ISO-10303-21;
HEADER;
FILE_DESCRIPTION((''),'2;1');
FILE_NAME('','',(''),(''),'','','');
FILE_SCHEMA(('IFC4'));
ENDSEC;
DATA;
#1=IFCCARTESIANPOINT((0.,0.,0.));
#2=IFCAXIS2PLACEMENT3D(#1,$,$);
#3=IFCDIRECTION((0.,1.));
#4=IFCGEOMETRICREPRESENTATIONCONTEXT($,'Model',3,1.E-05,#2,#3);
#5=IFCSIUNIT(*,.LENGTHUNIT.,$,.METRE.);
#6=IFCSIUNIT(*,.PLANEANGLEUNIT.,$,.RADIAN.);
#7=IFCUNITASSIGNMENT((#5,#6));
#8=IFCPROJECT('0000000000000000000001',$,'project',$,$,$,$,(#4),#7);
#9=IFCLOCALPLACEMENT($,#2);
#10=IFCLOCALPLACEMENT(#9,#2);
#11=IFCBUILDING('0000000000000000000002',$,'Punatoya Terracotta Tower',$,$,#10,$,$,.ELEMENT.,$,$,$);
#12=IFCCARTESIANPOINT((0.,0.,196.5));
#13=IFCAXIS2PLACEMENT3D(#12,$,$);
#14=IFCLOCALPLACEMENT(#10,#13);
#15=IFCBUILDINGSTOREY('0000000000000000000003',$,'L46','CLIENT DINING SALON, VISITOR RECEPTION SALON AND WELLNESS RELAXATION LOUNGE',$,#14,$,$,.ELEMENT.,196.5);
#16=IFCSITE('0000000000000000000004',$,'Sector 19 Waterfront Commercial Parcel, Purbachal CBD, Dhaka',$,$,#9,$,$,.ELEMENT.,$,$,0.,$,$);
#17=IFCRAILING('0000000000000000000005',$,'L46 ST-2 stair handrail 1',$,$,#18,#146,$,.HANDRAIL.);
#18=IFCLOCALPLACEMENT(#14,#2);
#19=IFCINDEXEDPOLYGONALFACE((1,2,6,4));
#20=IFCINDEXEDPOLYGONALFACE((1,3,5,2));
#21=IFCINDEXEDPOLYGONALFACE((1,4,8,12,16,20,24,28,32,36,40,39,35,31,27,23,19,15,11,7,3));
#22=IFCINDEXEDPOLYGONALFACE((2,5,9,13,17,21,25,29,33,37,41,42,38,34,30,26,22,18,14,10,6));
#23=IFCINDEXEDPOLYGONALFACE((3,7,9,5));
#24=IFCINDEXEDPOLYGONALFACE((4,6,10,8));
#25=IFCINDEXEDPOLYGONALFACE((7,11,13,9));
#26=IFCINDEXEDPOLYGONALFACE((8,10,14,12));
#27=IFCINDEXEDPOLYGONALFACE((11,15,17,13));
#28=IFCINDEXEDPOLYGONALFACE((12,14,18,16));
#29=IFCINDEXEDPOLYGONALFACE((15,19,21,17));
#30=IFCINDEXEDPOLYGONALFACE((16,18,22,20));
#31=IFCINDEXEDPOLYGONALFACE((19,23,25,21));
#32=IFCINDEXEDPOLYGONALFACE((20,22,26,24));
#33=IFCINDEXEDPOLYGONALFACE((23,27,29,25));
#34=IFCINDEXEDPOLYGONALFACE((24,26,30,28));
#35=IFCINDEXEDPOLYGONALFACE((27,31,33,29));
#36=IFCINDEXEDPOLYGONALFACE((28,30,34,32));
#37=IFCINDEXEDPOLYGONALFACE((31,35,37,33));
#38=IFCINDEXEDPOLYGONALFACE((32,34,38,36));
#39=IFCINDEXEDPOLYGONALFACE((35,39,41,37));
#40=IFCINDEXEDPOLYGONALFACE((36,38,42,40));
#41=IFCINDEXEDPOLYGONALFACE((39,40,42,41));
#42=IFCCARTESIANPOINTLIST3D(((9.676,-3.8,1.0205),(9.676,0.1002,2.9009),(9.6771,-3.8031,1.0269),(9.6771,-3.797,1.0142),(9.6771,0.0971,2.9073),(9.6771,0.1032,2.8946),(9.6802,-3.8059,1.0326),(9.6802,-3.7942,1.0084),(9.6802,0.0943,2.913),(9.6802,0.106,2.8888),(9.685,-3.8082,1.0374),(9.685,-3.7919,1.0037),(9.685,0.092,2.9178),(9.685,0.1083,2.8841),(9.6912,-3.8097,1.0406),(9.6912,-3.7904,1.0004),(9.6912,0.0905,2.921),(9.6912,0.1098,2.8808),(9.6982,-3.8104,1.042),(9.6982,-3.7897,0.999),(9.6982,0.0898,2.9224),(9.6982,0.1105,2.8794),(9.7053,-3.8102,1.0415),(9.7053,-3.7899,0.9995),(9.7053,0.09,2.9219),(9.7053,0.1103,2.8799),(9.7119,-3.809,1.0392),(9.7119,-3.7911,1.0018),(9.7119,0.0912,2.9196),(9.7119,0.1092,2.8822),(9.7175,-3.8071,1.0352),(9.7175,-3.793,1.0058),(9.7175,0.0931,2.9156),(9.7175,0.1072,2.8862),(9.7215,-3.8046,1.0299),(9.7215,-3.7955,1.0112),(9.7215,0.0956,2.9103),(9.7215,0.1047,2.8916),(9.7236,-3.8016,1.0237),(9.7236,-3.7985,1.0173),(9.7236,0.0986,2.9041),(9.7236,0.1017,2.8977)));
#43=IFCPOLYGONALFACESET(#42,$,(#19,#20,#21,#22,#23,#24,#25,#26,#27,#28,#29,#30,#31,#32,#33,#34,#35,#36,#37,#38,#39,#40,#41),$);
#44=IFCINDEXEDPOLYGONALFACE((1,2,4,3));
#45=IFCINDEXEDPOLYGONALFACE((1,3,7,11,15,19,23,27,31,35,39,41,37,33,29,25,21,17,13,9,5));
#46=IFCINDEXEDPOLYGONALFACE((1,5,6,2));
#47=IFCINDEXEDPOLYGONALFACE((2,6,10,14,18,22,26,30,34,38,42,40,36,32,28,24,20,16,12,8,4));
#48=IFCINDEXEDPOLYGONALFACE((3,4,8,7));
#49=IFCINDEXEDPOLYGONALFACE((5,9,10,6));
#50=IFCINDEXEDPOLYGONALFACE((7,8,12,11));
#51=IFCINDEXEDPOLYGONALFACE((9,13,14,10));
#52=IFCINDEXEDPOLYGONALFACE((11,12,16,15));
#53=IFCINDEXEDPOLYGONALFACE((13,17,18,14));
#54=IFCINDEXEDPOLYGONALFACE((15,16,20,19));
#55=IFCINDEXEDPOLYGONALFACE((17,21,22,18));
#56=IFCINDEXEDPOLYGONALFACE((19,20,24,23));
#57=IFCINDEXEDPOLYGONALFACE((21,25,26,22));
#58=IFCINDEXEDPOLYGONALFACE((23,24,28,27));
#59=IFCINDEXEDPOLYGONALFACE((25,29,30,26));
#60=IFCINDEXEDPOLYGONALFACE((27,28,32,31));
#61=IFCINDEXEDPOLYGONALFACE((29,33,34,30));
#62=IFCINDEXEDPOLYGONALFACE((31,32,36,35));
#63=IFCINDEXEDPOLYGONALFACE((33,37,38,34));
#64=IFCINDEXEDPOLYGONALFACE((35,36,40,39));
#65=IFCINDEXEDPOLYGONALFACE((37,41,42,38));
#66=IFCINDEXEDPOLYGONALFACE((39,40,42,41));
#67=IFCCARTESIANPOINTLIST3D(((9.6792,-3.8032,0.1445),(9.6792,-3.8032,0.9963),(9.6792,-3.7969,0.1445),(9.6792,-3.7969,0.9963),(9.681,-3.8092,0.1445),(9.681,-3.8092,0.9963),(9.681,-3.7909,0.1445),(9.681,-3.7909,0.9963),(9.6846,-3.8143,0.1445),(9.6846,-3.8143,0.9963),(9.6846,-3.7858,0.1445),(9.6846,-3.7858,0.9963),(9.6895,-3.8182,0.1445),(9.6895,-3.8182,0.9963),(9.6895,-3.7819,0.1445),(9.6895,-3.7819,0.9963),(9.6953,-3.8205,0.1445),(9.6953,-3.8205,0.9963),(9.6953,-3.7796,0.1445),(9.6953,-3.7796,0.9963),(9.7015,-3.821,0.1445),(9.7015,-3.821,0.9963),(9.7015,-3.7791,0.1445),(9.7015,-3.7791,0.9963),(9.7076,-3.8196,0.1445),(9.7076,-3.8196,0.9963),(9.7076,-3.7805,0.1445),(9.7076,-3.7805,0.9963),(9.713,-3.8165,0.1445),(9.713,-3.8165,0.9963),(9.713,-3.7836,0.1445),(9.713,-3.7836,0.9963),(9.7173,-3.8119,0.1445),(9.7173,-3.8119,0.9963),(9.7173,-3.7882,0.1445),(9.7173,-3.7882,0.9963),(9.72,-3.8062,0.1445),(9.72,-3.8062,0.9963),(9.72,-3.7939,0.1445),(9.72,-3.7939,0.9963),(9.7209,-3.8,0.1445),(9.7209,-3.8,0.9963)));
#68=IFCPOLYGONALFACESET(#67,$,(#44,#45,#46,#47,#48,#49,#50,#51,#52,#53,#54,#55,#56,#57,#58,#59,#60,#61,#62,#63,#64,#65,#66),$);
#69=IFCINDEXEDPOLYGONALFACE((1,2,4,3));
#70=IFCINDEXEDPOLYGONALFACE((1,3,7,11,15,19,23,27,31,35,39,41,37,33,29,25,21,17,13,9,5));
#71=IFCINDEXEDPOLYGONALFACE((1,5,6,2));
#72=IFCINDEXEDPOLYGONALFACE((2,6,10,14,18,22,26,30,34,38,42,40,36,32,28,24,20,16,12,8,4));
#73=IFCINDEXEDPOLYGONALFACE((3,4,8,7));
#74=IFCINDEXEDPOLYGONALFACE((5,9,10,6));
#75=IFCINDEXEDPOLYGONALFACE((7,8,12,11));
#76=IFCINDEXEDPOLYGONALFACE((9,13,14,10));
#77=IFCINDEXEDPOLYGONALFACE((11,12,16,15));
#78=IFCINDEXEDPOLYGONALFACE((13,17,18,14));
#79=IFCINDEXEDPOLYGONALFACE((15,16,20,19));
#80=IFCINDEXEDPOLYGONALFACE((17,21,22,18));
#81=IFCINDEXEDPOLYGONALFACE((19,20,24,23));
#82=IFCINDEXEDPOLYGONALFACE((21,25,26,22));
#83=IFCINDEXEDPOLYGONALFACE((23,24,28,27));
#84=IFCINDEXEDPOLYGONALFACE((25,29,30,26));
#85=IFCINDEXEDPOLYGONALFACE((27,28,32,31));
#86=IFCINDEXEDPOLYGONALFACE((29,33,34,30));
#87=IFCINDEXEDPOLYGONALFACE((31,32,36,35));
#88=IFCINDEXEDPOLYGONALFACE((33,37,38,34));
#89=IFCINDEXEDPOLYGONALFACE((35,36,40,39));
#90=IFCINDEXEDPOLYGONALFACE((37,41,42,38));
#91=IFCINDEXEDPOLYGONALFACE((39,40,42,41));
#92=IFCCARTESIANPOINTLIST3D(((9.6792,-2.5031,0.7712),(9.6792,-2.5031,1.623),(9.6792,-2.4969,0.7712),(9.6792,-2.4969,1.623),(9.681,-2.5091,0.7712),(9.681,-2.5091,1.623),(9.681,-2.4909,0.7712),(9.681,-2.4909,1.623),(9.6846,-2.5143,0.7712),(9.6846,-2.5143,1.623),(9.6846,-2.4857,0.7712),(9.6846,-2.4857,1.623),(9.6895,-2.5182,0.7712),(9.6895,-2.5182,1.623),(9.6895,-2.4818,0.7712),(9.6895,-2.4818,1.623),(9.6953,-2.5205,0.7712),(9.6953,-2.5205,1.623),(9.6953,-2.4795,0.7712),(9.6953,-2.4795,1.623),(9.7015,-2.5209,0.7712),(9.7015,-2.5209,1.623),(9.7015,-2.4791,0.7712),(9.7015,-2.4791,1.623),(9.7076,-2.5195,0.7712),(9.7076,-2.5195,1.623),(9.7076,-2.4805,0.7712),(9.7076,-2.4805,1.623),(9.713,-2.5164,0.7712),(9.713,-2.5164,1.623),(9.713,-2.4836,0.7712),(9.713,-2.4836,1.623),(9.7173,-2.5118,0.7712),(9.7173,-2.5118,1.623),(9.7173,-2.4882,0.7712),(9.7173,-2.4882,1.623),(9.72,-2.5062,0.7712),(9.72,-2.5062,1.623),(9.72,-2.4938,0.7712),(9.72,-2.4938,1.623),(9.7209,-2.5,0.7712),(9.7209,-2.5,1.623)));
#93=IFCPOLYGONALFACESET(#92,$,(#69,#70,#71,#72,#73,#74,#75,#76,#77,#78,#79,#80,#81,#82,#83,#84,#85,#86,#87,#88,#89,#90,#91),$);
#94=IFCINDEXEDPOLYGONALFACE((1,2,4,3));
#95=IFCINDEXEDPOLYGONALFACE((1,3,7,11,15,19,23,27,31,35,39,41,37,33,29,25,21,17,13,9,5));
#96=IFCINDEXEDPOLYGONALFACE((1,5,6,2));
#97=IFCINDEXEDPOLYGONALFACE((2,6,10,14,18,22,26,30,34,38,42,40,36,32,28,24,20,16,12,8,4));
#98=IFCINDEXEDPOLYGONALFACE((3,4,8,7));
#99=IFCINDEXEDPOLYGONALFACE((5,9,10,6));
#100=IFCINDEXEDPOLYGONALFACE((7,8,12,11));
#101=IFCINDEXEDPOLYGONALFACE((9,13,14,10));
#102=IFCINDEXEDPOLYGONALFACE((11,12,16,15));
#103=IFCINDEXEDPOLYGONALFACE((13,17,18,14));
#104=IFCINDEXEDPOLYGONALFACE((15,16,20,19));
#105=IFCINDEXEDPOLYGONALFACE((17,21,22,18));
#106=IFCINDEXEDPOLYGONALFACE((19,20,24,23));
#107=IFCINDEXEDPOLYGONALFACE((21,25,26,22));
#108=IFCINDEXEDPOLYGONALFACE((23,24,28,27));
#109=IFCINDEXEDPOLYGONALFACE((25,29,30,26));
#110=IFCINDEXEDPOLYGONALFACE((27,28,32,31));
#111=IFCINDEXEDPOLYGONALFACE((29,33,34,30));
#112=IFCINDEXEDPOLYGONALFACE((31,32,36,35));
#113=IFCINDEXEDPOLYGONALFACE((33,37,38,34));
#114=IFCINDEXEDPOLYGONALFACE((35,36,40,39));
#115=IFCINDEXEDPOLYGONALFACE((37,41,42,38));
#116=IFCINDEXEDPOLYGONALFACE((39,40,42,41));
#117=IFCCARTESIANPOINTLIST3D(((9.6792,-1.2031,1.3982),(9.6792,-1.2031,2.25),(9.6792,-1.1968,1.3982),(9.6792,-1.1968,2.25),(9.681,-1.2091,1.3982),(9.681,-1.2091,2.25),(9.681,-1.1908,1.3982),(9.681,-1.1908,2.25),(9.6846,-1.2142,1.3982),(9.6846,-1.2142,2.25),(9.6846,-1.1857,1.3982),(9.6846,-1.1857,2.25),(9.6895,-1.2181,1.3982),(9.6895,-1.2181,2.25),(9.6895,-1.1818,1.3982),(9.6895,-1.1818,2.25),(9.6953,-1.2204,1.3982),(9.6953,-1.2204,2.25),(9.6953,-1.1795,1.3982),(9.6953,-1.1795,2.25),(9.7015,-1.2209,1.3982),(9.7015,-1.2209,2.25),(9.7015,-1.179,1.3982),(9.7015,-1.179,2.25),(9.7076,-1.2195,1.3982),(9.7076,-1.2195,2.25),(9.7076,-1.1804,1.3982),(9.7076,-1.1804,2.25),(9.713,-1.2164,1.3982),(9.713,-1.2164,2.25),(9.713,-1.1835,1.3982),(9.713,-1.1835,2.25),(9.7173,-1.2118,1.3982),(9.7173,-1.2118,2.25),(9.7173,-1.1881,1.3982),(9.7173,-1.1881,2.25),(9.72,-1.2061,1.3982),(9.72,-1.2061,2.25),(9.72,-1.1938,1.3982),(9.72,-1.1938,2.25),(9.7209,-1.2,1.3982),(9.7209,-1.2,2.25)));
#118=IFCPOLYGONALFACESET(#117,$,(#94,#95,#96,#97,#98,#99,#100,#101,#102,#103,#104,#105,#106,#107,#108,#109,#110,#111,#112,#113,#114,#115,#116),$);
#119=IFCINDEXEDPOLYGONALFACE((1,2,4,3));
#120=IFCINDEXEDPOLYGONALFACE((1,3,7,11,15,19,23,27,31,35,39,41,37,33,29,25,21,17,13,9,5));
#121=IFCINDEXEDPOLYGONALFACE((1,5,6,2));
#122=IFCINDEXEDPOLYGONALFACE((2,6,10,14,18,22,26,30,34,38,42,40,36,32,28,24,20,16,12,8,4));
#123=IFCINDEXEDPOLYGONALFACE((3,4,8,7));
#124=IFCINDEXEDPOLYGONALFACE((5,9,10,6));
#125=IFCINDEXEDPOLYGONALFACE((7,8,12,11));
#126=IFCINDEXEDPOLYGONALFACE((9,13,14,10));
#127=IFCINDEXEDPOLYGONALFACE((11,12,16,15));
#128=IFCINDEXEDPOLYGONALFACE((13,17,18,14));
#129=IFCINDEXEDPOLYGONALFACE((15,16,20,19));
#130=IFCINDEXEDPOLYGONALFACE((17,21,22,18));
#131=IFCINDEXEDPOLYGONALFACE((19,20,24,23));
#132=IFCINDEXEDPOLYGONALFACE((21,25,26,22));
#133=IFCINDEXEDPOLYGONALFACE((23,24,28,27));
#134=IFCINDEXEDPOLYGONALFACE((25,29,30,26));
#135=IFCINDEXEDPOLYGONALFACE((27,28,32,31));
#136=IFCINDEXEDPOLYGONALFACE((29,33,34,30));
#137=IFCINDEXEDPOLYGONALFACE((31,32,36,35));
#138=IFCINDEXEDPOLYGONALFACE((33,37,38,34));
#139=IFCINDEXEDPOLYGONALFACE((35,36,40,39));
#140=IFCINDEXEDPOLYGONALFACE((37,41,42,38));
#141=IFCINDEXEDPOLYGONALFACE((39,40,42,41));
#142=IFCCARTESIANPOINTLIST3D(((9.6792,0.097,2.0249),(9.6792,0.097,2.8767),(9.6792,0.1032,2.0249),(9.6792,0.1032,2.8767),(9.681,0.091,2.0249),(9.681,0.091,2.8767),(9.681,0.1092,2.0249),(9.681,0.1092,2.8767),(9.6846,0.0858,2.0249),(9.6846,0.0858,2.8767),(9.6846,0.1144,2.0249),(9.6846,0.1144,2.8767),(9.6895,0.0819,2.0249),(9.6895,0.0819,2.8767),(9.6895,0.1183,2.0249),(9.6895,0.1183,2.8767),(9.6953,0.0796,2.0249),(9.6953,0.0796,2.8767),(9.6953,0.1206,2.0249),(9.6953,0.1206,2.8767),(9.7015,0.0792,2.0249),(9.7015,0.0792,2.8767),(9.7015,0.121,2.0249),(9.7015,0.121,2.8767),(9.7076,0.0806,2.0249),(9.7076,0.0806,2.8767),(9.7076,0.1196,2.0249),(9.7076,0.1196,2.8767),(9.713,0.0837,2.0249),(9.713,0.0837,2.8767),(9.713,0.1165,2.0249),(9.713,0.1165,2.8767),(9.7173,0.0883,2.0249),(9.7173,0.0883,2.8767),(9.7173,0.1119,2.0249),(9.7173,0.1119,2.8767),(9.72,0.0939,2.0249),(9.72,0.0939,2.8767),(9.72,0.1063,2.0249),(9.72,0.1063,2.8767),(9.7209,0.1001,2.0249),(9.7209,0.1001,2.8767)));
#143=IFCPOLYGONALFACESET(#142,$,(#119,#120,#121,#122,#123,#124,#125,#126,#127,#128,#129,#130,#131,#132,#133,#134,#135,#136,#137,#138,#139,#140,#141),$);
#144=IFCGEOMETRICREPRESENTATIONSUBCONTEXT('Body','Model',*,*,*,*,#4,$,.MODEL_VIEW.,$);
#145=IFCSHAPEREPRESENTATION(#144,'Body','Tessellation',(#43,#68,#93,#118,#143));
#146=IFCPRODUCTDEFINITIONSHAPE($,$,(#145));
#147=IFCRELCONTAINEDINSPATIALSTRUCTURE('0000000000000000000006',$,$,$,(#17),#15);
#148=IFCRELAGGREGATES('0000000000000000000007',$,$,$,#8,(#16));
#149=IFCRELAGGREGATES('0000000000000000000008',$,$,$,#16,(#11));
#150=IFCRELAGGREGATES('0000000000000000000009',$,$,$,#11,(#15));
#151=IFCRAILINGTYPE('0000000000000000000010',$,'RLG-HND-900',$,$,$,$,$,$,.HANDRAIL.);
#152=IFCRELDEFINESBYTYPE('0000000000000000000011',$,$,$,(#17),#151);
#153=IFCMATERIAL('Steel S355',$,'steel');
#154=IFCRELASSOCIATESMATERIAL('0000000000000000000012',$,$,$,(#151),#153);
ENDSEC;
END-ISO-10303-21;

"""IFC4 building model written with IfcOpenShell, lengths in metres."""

from ifc_helpers import new_model, si_unit, direction, frame, origin, origin_2d, place, context, subcontext, project, spatial, circle, extrude, material, type_object, element, save


model = new_model("IFC4")

# Units and contexts
model_context = context("Model", 3, precision=1e-05, world=origin(), true_north=direction((0.0, 1.0)))
body_context = subcontext(model_context, "Body", "Model", "MODEL_VIEW")
ifc_project = project(units=[si_unit("LENGTHUNIT", "METRE"), si_unit("PLANEANGLEUNIT", "RADIAN")], contexts=[model_context])

# Site, building, storey
site_placement = place(None, origin())
site = spatial("IfcSite", under=ifc_project, at=site_placement, Name="Sector 19 Waterfront Commercial Parcel, Purbachal CBD, Dhaka", CompositionType="ELEMENT", RefElevation=0.0)
building_placement = place(site_placement, origin())
building = spatial("IfcBuilding", under=site, at=building_placement, Name="Punatoya Terracotta Tower", CompositionType="ELEMENT")
storey_placement = place(building_placement, frame((0.0, 0.0, 196.5)))
storey = spatial("IfcBuildingStorey", under=building, at=storey_placement, Name="L46", Description="CLIENT DINING SALON, VISITOR RECEPTION SALON AND WELLNESS RELAXATION LOUNGE", CompositionType="ELEMENT", Elevation=196.5)

# Shared definitions
ifc_material_1 = material(Name="Steel S355", Category="steel")

# Railing
railing_type_1 = type_object("IfcRailingType", Name="RLG-HND-900", PredefinedType="HANDRAIL", material=ifc_material_1)
railing_1_placement = place(storey_placement, frame((9.7, -3.8, 0.1445)))
element("IfcRailing", 1, at=railing_1_placement, inside=storey, type_object=railing_type_1, Name="L46 ST-2 stair handrail 1", PredefinedType="HANDRAIL", context=body_context, shape_type="SweptSolid", body=[
    extrude(circle(Radius=0.0239, at=origin_2d()), frame((0.0, 0.0, 0.876), z_axis=(0.0, 0.900774, 0.434289), x_axis=(-1.0, 0.0, 0.0)), (0.0, 0.0, 1.0), 4.3298),
    extrude(circle(Radius=0.021, at=origin_2d()), origin(), (0.0, 0.0, 1.0), 0.8518),
    extrude(circle(Radius=0.021, at=origin_2d()), frame((0.0, 1.3, 0.6267)), (0.0, 0.0, 1.0), 0.8518),
    extrude(circle(Radius=0.021, at=origin_2d()), frame((0.0, 2.6001, 1.2537)), (0.0, 0.0, 1.0), 0.8518),
    extrude(circle(Radius=0.021, at=origin_2d()), frame((0.0, 3.9001, 1.8804)), (0.0, 0.0, 1.0), 0.8518),
])

save(model, "model.ifc")
